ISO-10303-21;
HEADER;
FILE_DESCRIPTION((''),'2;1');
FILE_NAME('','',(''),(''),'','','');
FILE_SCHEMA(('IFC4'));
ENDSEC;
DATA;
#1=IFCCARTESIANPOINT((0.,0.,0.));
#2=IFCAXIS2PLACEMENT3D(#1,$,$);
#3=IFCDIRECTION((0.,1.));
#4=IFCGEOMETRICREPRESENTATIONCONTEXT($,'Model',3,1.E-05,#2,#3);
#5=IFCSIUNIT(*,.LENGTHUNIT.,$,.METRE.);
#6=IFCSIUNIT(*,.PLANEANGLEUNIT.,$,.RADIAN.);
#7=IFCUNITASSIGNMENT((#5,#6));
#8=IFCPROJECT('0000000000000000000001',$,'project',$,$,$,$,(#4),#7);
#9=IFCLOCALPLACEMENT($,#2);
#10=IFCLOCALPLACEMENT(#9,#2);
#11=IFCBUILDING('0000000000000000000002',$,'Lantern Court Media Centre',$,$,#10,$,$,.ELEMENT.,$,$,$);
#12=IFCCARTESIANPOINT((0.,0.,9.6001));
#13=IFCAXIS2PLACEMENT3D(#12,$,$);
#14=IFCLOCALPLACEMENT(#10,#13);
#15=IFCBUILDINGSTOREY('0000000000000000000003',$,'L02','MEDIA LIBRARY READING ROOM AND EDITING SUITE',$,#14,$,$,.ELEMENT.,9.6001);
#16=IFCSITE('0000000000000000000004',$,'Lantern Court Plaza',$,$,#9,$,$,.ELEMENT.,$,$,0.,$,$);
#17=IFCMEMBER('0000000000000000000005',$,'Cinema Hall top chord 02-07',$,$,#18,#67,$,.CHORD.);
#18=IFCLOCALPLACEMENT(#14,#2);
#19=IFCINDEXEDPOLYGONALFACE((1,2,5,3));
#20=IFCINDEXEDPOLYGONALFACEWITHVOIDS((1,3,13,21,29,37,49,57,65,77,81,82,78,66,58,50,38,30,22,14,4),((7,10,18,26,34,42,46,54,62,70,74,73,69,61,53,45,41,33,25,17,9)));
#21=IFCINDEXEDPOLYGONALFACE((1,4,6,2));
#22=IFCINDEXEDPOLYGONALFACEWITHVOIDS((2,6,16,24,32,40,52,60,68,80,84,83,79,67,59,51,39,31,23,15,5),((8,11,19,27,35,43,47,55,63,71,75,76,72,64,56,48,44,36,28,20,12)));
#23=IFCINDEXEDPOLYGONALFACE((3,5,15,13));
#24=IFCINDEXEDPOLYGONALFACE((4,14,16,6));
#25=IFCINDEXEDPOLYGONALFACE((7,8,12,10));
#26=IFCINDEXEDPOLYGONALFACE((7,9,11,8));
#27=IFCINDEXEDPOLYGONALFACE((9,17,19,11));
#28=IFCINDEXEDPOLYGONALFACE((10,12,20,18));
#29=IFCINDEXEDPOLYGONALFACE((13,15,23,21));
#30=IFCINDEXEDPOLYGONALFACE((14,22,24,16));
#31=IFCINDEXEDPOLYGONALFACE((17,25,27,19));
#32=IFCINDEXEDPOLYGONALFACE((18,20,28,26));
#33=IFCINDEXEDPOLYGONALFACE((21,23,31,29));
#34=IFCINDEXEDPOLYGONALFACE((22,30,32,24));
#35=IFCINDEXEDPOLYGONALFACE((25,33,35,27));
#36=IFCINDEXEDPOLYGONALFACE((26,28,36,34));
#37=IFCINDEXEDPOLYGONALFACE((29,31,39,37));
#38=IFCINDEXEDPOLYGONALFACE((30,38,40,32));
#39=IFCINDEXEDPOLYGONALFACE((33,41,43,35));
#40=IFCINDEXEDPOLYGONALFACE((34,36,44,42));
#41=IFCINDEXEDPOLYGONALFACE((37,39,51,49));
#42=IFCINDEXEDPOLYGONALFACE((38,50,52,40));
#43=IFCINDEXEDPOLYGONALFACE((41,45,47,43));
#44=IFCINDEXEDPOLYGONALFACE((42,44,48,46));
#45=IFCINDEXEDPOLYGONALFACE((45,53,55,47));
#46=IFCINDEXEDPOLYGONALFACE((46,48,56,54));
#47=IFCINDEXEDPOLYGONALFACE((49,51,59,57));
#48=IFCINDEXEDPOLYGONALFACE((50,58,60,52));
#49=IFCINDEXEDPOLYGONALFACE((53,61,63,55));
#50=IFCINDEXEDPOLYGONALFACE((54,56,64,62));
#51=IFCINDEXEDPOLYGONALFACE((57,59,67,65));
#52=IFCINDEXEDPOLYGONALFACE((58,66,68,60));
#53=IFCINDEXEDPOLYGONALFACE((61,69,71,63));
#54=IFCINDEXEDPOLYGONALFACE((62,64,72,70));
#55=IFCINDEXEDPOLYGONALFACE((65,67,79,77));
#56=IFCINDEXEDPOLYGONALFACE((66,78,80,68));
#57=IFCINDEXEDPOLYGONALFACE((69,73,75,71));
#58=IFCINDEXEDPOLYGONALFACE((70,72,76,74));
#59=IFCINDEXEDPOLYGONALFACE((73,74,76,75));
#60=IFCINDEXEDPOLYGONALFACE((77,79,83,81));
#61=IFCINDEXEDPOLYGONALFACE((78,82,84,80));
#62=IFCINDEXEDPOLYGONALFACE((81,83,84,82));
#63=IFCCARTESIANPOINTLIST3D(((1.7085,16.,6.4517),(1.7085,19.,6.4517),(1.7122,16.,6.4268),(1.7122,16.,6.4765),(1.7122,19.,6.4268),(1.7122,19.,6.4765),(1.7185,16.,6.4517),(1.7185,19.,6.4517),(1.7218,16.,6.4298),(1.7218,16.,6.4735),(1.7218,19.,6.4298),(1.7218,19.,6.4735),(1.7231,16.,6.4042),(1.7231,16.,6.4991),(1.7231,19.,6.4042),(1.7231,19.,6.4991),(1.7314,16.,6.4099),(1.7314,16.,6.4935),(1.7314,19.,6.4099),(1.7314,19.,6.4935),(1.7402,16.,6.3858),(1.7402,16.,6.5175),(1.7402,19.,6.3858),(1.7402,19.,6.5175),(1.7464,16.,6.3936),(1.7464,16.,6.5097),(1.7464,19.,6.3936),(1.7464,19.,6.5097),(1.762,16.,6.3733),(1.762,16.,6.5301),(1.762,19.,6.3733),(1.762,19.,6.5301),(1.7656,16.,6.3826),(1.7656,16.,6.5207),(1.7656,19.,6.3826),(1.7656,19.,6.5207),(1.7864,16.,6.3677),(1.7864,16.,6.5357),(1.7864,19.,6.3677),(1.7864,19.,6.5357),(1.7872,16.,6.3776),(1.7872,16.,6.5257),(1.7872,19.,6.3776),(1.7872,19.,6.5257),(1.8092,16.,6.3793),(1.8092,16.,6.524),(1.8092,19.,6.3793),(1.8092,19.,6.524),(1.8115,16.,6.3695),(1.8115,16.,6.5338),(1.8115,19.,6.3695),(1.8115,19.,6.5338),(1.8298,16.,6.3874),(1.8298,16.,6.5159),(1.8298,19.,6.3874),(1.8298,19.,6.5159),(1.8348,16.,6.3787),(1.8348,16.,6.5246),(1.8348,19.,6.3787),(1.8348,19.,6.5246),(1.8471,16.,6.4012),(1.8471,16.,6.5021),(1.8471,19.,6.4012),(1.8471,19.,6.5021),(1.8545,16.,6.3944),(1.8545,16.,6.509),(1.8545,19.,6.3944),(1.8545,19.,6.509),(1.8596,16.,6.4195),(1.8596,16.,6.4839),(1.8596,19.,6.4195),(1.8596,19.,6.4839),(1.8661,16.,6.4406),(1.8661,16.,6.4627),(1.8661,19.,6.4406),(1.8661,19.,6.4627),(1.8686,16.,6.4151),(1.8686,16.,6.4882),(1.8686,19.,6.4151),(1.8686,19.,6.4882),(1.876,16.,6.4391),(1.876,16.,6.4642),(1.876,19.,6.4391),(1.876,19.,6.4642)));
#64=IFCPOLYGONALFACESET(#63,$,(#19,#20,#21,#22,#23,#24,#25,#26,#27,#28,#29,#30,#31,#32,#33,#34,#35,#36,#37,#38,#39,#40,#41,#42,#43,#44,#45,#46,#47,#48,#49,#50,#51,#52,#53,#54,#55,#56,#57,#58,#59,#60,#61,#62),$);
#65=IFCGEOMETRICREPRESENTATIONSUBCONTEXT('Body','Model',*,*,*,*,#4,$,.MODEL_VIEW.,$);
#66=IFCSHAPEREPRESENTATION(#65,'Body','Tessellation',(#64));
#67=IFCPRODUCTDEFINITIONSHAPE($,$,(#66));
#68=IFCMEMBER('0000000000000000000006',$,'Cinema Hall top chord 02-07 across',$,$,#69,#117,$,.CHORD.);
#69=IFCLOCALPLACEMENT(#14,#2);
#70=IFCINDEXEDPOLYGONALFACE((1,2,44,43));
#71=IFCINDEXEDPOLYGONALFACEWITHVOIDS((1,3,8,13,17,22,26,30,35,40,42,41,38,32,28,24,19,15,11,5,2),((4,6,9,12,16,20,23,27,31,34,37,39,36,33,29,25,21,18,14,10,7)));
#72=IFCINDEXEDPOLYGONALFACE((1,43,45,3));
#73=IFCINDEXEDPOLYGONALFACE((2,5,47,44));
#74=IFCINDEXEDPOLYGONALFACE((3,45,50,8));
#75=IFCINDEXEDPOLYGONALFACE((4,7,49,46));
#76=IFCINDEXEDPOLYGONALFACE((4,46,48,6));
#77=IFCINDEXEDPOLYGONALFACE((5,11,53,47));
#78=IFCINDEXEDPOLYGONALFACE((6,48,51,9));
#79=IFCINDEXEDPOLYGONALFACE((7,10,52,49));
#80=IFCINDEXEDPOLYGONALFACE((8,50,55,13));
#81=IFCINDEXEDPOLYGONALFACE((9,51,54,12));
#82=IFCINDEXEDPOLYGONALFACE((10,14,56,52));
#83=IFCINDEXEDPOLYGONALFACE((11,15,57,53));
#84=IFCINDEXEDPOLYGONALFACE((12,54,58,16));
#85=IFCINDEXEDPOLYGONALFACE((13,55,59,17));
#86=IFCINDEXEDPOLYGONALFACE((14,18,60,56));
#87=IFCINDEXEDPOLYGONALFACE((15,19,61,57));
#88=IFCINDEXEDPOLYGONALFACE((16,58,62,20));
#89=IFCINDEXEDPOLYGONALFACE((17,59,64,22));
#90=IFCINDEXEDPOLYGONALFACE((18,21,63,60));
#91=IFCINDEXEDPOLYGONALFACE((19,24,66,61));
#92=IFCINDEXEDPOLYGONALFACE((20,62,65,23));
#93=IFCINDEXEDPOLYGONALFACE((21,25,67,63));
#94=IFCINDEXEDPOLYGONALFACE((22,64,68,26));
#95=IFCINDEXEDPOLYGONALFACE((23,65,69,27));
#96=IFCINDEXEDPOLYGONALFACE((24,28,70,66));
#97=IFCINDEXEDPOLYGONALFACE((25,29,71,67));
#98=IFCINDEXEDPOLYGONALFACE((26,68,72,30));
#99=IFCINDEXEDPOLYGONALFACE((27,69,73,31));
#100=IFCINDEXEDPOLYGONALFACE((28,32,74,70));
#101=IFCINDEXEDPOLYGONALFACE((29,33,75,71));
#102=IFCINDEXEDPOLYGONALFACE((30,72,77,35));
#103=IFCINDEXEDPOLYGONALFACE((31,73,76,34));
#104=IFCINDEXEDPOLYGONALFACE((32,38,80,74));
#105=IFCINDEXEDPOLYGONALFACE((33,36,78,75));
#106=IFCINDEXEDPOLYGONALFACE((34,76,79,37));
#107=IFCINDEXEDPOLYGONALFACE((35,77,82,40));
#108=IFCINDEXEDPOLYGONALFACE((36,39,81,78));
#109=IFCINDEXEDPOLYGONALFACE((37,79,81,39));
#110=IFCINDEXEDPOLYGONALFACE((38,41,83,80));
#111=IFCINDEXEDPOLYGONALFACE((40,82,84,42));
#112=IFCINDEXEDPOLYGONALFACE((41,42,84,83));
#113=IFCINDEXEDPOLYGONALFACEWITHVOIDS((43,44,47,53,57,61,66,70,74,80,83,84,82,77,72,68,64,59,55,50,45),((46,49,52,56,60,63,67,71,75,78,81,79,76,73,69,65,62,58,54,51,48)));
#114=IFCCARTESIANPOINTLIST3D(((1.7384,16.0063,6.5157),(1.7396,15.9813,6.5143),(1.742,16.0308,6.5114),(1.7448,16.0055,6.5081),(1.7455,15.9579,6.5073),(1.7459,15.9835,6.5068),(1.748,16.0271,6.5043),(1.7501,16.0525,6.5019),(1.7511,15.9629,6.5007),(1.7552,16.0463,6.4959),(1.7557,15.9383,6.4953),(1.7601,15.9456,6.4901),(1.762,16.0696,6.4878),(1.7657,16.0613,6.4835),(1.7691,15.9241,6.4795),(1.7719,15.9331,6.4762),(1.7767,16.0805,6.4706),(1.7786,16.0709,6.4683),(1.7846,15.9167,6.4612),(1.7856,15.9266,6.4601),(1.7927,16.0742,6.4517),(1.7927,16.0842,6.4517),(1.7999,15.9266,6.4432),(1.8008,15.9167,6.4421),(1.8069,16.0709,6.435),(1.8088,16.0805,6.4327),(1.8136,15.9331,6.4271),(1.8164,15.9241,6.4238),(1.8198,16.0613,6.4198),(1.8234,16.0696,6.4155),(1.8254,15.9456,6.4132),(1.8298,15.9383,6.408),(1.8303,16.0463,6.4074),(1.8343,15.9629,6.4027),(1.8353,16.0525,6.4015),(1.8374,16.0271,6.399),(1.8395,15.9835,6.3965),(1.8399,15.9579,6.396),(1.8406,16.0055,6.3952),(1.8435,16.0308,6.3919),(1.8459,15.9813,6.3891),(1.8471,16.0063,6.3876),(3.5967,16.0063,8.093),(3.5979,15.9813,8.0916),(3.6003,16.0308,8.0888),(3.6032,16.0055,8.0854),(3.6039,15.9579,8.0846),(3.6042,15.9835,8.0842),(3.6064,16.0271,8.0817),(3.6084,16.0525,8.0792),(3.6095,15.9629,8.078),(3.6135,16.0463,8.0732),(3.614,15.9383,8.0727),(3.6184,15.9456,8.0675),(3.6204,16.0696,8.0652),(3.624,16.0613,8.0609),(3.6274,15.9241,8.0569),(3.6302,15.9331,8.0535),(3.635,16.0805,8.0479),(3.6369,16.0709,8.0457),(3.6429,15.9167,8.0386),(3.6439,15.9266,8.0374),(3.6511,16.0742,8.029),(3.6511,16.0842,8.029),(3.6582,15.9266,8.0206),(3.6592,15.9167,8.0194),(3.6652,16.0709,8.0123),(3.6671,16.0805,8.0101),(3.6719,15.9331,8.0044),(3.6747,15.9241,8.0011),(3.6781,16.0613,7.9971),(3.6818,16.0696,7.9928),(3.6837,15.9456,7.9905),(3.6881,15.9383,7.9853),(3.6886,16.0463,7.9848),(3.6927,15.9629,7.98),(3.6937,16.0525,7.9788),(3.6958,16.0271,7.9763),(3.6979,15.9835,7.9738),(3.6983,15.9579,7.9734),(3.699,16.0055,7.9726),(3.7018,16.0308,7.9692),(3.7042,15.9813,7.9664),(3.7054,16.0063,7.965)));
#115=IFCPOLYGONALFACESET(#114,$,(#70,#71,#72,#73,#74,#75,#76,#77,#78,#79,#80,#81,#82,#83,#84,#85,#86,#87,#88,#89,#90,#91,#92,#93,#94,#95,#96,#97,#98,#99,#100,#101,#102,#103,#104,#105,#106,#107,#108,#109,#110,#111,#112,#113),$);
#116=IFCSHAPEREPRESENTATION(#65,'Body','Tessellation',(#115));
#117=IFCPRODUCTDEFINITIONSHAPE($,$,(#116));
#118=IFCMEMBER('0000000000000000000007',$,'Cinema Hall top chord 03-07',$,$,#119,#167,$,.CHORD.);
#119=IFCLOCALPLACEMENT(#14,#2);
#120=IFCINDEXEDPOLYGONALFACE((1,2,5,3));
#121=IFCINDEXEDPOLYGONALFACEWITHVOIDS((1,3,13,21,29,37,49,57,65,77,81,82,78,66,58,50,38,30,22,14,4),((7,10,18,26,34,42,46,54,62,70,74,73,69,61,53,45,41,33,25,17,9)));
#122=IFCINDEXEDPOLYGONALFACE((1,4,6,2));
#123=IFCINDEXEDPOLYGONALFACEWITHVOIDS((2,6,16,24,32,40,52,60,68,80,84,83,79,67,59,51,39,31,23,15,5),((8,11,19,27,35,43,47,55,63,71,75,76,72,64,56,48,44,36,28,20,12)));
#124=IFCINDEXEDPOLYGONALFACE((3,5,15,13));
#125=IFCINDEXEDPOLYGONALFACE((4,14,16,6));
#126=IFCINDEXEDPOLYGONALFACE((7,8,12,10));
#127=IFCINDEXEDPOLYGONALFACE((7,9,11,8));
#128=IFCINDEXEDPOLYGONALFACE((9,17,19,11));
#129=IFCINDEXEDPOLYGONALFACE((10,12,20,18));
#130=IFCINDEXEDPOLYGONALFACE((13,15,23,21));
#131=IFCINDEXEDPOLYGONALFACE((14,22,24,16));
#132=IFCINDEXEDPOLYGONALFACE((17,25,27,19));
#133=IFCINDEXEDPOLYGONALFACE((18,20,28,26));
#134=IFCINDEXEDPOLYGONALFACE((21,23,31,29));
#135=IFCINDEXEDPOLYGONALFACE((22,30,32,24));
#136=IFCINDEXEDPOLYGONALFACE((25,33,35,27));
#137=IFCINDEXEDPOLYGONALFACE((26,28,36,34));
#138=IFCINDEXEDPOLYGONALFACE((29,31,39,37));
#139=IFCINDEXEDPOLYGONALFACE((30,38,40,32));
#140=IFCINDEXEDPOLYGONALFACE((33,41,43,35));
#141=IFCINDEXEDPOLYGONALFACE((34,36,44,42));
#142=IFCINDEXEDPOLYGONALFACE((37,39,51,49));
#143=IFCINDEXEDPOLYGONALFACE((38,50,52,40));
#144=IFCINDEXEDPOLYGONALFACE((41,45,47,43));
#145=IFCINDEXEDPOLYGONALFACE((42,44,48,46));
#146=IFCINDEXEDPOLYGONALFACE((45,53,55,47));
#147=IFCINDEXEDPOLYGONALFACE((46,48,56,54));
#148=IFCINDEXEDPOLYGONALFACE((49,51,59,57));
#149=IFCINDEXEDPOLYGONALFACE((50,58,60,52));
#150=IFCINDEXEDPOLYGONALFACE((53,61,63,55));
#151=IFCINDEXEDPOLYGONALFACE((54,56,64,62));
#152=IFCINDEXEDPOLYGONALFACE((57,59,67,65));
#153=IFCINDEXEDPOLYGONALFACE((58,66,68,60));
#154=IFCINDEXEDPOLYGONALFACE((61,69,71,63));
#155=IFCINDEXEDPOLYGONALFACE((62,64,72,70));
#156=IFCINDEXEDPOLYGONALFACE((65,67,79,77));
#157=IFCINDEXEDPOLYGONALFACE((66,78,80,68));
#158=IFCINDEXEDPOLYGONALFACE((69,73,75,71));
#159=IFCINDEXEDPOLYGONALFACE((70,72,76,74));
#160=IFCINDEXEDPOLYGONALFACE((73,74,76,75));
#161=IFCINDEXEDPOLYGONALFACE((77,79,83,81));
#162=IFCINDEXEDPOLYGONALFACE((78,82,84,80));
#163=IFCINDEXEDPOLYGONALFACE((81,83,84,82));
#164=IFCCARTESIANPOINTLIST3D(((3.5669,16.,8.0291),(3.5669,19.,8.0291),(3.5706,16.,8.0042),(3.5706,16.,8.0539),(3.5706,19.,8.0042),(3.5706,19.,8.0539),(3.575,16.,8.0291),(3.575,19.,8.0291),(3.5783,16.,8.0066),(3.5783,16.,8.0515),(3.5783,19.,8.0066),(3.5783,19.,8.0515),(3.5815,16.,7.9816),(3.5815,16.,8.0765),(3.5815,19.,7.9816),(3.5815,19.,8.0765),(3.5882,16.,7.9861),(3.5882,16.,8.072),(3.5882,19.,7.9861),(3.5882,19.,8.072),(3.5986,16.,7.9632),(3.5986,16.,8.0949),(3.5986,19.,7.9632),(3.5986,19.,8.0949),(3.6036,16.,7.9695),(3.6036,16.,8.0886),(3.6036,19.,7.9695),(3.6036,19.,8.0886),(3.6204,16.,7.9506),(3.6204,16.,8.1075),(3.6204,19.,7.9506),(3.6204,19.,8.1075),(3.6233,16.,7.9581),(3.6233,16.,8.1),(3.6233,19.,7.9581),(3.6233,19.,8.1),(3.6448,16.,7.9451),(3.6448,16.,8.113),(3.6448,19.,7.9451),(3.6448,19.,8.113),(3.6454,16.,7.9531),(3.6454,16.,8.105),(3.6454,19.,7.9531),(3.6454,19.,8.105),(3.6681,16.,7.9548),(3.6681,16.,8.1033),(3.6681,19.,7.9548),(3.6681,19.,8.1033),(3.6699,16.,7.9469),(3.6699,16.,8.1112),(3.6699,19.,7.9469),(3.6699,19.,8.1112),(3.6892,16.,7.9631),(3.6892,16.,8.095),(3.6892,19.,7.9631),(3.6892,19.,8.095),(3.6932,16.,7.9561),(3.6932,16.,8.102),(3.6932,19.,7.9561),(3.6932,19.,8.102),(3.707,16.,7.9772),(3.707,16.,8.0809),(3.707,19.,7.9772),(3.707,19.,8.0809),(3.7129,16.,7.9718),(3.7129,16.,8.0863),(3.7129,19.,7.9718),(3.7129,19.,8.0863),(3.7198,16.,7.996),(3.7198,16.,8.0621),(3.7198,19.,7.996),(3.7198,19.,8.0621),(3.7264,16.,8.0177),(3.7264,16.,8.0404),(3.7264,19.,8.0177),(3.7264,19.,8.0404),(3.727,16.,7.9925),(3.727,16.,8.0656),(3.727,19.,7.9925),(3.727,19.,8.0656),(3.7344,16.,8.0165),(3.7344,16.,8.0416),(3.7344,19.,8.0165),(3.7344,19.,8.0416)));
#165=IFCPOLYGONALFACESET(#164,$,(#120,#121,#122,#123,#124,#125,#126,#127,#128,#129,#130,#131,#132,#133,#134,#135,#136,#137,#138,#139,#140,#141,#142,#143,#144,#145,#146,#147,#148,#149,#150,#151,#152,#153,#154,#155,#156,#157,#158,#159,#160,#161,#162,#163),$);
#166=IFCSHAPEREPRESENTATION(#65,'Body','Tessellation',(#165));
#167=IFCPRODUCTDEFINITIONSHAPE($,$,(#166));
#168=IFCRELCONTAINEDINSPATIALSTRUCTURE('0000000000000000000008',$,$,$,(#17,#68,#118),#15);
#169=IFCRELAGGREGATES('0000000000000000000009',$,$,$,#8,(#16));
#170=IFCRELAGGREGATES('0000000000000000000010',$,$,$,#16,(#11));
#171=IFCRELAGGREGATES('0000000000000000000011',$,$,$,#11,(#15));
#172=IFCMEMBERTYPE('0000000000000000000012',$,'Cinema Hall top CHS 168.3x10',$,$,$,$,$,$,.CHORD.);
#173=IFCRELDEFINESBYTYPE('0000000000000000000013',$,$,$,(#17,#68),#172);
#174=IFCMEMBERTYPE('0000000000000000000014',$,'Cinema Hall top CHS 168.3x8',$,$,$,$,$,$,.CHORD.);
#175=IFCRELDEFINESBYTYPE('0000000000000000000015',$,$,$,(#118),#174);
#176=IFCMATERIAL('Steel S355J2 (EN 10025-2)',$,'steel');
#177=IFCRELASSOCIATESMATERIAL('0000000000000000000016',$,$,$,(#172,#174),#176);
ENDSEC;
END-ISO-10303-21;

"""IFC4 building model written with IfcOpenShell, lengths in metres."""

from ifc_helpers import new_model, si_unit, direction, frame, origin, origin_2d, place, context, subcontext, project, spatial, hollow_circle, extrude, material, material_profile, profile_set, type_object, element, save


model = new_model("IFC4")

# Units and contexts
model_context = context("Model", 3, precision=1e-05, world=origin(), true_north=direction((0.0, 1.0)))
body_context = subcontext(model_context, "Body", "Model", "MODEL_VIEW")
ifc_project = project(units=[si_unit("LENGTHUNIT", "METRE"), si_unit("PLANEANGLEUNIT", "RADIAN")], contexts=[model_context])

# Site, building, storey
site_placement = place(None, origin())
site = spatial("IfcSite", under=ifc_project, at=site_placement, Name="Lantern Court Plaza", CompositionType="ELEMENT", RefElevation=0.0)
building_placement = place(site_placement, origin())
building = spatial("IfcBuilding", under=site, at=building_placement, Name="Lantern Court Media Centre", CompositionType="ELEMENT")
storey_placement = place(building_placement, frame((0.0, 0.0, 9.6001)))
storey = spatial("IfcBuildingStorey", under=building, at=storey_placement, Name="L02", Description="MEDIA LIBRARY READING ROOM AND EDITING SUITE", CompositionType="ELEMENT", Elevation=9.6001)

# Members
ifc_material = material(Name="Steel S355J2 (EN 10025-2)", Category="steel")
ifc_material_profile_1 = material_profile(ifc_material, hollow_circle(Radius=0.0842, WallThickness=0.01, at=origin_2d()), Name="Cinema Hall top CHS 168.3x10")
ifc_profile_set_1 = profile_set([ifc_material_profile_1], Name="Steel S355J2 (EN 10025-2)")
member_type_1 = type_object("IfcMemberType", Name="Cinema Hall top CHS 168.3x10", PredefinedType="CHORD", material=ifc_profile_set_1)
member_1_placement = place(storey_placement, frame((1.7927, 16.0, 6.4517), z_axis=(0.0, 1.0, 0.0), x_axis=(-1.0, 0.0, 0.0)))
element("IfcMember", 1, at=member_1_placement, inside=storey, type_object=member_type_1, Name="Cinema Hall top chord 02-07", PredefinedType="CHORD", context=body_context, shape_type="SweptSolid", body=[
    extrude(hollow_circle(Radius=0.0842, WallThickness=0.01, at=origin_2d()), origin(), (0.0, 0.0, 1.0), 3.0),
])
member_2_placement = place(storey_placement, frame((1.7927, 16.0, 6.4517), z_axis=(0.762394, 0.0, 0.647113), x_axis=(0.0, 1.0, 0.0)))
element("IfcMember", 2, at=member_2_placement, inside=storey, type_object=member_type_1, Name="Cinema Hall top chord 02-07 across", PredefinedType="CHORD", context=body_context, shape_type="SweptSolid", body=[
    extrude(hollow_circle(Radius=0.0842, WallThickness=0.01, at=origin_2d()), origin(), (0.0, 0.0, 1.0), 2.4375),
])
ifc_material_profile_2 = material_profile(ifc_material, hollow_circle(Radius=0.0842, WallThickness=0.0081, at=origin_2d()), Name="Cinema Hall top CHS 168.3x8")
ifc_profile_set_2 = profile_set([ifc_material_profile_2], Name="Steel S355J2 (EN 10025-2)")
member_type_2 = type_object("IfcMemberType", Name="Cinema Hall top CHS 168.3x8", PredefinedType="CHORD", material=ifc_profile_set_2)
member_3_placement = place(storey_placement, frame((3.6511, 16.0, 8.0291), z_axis=(0.0, 1.0, 0.0), x_axis=(-1.0, 0.0, 0.0)))
element("IfcMember", 3, at=member_3_placement, inside=storey, type_object=member_type_2, Name="Cinema Hall top chord 03-07", PredefinedType="CHORD", context=body_context, shape_type="SweptSolid", body=[
    extrude(hollow_circle(Radius=0.0842, WallThickness=0.0081, at=origin_2d()), origin(), (0.0, 0.0, 1.0), 3.0),
])

save(model, "model.ifc")
